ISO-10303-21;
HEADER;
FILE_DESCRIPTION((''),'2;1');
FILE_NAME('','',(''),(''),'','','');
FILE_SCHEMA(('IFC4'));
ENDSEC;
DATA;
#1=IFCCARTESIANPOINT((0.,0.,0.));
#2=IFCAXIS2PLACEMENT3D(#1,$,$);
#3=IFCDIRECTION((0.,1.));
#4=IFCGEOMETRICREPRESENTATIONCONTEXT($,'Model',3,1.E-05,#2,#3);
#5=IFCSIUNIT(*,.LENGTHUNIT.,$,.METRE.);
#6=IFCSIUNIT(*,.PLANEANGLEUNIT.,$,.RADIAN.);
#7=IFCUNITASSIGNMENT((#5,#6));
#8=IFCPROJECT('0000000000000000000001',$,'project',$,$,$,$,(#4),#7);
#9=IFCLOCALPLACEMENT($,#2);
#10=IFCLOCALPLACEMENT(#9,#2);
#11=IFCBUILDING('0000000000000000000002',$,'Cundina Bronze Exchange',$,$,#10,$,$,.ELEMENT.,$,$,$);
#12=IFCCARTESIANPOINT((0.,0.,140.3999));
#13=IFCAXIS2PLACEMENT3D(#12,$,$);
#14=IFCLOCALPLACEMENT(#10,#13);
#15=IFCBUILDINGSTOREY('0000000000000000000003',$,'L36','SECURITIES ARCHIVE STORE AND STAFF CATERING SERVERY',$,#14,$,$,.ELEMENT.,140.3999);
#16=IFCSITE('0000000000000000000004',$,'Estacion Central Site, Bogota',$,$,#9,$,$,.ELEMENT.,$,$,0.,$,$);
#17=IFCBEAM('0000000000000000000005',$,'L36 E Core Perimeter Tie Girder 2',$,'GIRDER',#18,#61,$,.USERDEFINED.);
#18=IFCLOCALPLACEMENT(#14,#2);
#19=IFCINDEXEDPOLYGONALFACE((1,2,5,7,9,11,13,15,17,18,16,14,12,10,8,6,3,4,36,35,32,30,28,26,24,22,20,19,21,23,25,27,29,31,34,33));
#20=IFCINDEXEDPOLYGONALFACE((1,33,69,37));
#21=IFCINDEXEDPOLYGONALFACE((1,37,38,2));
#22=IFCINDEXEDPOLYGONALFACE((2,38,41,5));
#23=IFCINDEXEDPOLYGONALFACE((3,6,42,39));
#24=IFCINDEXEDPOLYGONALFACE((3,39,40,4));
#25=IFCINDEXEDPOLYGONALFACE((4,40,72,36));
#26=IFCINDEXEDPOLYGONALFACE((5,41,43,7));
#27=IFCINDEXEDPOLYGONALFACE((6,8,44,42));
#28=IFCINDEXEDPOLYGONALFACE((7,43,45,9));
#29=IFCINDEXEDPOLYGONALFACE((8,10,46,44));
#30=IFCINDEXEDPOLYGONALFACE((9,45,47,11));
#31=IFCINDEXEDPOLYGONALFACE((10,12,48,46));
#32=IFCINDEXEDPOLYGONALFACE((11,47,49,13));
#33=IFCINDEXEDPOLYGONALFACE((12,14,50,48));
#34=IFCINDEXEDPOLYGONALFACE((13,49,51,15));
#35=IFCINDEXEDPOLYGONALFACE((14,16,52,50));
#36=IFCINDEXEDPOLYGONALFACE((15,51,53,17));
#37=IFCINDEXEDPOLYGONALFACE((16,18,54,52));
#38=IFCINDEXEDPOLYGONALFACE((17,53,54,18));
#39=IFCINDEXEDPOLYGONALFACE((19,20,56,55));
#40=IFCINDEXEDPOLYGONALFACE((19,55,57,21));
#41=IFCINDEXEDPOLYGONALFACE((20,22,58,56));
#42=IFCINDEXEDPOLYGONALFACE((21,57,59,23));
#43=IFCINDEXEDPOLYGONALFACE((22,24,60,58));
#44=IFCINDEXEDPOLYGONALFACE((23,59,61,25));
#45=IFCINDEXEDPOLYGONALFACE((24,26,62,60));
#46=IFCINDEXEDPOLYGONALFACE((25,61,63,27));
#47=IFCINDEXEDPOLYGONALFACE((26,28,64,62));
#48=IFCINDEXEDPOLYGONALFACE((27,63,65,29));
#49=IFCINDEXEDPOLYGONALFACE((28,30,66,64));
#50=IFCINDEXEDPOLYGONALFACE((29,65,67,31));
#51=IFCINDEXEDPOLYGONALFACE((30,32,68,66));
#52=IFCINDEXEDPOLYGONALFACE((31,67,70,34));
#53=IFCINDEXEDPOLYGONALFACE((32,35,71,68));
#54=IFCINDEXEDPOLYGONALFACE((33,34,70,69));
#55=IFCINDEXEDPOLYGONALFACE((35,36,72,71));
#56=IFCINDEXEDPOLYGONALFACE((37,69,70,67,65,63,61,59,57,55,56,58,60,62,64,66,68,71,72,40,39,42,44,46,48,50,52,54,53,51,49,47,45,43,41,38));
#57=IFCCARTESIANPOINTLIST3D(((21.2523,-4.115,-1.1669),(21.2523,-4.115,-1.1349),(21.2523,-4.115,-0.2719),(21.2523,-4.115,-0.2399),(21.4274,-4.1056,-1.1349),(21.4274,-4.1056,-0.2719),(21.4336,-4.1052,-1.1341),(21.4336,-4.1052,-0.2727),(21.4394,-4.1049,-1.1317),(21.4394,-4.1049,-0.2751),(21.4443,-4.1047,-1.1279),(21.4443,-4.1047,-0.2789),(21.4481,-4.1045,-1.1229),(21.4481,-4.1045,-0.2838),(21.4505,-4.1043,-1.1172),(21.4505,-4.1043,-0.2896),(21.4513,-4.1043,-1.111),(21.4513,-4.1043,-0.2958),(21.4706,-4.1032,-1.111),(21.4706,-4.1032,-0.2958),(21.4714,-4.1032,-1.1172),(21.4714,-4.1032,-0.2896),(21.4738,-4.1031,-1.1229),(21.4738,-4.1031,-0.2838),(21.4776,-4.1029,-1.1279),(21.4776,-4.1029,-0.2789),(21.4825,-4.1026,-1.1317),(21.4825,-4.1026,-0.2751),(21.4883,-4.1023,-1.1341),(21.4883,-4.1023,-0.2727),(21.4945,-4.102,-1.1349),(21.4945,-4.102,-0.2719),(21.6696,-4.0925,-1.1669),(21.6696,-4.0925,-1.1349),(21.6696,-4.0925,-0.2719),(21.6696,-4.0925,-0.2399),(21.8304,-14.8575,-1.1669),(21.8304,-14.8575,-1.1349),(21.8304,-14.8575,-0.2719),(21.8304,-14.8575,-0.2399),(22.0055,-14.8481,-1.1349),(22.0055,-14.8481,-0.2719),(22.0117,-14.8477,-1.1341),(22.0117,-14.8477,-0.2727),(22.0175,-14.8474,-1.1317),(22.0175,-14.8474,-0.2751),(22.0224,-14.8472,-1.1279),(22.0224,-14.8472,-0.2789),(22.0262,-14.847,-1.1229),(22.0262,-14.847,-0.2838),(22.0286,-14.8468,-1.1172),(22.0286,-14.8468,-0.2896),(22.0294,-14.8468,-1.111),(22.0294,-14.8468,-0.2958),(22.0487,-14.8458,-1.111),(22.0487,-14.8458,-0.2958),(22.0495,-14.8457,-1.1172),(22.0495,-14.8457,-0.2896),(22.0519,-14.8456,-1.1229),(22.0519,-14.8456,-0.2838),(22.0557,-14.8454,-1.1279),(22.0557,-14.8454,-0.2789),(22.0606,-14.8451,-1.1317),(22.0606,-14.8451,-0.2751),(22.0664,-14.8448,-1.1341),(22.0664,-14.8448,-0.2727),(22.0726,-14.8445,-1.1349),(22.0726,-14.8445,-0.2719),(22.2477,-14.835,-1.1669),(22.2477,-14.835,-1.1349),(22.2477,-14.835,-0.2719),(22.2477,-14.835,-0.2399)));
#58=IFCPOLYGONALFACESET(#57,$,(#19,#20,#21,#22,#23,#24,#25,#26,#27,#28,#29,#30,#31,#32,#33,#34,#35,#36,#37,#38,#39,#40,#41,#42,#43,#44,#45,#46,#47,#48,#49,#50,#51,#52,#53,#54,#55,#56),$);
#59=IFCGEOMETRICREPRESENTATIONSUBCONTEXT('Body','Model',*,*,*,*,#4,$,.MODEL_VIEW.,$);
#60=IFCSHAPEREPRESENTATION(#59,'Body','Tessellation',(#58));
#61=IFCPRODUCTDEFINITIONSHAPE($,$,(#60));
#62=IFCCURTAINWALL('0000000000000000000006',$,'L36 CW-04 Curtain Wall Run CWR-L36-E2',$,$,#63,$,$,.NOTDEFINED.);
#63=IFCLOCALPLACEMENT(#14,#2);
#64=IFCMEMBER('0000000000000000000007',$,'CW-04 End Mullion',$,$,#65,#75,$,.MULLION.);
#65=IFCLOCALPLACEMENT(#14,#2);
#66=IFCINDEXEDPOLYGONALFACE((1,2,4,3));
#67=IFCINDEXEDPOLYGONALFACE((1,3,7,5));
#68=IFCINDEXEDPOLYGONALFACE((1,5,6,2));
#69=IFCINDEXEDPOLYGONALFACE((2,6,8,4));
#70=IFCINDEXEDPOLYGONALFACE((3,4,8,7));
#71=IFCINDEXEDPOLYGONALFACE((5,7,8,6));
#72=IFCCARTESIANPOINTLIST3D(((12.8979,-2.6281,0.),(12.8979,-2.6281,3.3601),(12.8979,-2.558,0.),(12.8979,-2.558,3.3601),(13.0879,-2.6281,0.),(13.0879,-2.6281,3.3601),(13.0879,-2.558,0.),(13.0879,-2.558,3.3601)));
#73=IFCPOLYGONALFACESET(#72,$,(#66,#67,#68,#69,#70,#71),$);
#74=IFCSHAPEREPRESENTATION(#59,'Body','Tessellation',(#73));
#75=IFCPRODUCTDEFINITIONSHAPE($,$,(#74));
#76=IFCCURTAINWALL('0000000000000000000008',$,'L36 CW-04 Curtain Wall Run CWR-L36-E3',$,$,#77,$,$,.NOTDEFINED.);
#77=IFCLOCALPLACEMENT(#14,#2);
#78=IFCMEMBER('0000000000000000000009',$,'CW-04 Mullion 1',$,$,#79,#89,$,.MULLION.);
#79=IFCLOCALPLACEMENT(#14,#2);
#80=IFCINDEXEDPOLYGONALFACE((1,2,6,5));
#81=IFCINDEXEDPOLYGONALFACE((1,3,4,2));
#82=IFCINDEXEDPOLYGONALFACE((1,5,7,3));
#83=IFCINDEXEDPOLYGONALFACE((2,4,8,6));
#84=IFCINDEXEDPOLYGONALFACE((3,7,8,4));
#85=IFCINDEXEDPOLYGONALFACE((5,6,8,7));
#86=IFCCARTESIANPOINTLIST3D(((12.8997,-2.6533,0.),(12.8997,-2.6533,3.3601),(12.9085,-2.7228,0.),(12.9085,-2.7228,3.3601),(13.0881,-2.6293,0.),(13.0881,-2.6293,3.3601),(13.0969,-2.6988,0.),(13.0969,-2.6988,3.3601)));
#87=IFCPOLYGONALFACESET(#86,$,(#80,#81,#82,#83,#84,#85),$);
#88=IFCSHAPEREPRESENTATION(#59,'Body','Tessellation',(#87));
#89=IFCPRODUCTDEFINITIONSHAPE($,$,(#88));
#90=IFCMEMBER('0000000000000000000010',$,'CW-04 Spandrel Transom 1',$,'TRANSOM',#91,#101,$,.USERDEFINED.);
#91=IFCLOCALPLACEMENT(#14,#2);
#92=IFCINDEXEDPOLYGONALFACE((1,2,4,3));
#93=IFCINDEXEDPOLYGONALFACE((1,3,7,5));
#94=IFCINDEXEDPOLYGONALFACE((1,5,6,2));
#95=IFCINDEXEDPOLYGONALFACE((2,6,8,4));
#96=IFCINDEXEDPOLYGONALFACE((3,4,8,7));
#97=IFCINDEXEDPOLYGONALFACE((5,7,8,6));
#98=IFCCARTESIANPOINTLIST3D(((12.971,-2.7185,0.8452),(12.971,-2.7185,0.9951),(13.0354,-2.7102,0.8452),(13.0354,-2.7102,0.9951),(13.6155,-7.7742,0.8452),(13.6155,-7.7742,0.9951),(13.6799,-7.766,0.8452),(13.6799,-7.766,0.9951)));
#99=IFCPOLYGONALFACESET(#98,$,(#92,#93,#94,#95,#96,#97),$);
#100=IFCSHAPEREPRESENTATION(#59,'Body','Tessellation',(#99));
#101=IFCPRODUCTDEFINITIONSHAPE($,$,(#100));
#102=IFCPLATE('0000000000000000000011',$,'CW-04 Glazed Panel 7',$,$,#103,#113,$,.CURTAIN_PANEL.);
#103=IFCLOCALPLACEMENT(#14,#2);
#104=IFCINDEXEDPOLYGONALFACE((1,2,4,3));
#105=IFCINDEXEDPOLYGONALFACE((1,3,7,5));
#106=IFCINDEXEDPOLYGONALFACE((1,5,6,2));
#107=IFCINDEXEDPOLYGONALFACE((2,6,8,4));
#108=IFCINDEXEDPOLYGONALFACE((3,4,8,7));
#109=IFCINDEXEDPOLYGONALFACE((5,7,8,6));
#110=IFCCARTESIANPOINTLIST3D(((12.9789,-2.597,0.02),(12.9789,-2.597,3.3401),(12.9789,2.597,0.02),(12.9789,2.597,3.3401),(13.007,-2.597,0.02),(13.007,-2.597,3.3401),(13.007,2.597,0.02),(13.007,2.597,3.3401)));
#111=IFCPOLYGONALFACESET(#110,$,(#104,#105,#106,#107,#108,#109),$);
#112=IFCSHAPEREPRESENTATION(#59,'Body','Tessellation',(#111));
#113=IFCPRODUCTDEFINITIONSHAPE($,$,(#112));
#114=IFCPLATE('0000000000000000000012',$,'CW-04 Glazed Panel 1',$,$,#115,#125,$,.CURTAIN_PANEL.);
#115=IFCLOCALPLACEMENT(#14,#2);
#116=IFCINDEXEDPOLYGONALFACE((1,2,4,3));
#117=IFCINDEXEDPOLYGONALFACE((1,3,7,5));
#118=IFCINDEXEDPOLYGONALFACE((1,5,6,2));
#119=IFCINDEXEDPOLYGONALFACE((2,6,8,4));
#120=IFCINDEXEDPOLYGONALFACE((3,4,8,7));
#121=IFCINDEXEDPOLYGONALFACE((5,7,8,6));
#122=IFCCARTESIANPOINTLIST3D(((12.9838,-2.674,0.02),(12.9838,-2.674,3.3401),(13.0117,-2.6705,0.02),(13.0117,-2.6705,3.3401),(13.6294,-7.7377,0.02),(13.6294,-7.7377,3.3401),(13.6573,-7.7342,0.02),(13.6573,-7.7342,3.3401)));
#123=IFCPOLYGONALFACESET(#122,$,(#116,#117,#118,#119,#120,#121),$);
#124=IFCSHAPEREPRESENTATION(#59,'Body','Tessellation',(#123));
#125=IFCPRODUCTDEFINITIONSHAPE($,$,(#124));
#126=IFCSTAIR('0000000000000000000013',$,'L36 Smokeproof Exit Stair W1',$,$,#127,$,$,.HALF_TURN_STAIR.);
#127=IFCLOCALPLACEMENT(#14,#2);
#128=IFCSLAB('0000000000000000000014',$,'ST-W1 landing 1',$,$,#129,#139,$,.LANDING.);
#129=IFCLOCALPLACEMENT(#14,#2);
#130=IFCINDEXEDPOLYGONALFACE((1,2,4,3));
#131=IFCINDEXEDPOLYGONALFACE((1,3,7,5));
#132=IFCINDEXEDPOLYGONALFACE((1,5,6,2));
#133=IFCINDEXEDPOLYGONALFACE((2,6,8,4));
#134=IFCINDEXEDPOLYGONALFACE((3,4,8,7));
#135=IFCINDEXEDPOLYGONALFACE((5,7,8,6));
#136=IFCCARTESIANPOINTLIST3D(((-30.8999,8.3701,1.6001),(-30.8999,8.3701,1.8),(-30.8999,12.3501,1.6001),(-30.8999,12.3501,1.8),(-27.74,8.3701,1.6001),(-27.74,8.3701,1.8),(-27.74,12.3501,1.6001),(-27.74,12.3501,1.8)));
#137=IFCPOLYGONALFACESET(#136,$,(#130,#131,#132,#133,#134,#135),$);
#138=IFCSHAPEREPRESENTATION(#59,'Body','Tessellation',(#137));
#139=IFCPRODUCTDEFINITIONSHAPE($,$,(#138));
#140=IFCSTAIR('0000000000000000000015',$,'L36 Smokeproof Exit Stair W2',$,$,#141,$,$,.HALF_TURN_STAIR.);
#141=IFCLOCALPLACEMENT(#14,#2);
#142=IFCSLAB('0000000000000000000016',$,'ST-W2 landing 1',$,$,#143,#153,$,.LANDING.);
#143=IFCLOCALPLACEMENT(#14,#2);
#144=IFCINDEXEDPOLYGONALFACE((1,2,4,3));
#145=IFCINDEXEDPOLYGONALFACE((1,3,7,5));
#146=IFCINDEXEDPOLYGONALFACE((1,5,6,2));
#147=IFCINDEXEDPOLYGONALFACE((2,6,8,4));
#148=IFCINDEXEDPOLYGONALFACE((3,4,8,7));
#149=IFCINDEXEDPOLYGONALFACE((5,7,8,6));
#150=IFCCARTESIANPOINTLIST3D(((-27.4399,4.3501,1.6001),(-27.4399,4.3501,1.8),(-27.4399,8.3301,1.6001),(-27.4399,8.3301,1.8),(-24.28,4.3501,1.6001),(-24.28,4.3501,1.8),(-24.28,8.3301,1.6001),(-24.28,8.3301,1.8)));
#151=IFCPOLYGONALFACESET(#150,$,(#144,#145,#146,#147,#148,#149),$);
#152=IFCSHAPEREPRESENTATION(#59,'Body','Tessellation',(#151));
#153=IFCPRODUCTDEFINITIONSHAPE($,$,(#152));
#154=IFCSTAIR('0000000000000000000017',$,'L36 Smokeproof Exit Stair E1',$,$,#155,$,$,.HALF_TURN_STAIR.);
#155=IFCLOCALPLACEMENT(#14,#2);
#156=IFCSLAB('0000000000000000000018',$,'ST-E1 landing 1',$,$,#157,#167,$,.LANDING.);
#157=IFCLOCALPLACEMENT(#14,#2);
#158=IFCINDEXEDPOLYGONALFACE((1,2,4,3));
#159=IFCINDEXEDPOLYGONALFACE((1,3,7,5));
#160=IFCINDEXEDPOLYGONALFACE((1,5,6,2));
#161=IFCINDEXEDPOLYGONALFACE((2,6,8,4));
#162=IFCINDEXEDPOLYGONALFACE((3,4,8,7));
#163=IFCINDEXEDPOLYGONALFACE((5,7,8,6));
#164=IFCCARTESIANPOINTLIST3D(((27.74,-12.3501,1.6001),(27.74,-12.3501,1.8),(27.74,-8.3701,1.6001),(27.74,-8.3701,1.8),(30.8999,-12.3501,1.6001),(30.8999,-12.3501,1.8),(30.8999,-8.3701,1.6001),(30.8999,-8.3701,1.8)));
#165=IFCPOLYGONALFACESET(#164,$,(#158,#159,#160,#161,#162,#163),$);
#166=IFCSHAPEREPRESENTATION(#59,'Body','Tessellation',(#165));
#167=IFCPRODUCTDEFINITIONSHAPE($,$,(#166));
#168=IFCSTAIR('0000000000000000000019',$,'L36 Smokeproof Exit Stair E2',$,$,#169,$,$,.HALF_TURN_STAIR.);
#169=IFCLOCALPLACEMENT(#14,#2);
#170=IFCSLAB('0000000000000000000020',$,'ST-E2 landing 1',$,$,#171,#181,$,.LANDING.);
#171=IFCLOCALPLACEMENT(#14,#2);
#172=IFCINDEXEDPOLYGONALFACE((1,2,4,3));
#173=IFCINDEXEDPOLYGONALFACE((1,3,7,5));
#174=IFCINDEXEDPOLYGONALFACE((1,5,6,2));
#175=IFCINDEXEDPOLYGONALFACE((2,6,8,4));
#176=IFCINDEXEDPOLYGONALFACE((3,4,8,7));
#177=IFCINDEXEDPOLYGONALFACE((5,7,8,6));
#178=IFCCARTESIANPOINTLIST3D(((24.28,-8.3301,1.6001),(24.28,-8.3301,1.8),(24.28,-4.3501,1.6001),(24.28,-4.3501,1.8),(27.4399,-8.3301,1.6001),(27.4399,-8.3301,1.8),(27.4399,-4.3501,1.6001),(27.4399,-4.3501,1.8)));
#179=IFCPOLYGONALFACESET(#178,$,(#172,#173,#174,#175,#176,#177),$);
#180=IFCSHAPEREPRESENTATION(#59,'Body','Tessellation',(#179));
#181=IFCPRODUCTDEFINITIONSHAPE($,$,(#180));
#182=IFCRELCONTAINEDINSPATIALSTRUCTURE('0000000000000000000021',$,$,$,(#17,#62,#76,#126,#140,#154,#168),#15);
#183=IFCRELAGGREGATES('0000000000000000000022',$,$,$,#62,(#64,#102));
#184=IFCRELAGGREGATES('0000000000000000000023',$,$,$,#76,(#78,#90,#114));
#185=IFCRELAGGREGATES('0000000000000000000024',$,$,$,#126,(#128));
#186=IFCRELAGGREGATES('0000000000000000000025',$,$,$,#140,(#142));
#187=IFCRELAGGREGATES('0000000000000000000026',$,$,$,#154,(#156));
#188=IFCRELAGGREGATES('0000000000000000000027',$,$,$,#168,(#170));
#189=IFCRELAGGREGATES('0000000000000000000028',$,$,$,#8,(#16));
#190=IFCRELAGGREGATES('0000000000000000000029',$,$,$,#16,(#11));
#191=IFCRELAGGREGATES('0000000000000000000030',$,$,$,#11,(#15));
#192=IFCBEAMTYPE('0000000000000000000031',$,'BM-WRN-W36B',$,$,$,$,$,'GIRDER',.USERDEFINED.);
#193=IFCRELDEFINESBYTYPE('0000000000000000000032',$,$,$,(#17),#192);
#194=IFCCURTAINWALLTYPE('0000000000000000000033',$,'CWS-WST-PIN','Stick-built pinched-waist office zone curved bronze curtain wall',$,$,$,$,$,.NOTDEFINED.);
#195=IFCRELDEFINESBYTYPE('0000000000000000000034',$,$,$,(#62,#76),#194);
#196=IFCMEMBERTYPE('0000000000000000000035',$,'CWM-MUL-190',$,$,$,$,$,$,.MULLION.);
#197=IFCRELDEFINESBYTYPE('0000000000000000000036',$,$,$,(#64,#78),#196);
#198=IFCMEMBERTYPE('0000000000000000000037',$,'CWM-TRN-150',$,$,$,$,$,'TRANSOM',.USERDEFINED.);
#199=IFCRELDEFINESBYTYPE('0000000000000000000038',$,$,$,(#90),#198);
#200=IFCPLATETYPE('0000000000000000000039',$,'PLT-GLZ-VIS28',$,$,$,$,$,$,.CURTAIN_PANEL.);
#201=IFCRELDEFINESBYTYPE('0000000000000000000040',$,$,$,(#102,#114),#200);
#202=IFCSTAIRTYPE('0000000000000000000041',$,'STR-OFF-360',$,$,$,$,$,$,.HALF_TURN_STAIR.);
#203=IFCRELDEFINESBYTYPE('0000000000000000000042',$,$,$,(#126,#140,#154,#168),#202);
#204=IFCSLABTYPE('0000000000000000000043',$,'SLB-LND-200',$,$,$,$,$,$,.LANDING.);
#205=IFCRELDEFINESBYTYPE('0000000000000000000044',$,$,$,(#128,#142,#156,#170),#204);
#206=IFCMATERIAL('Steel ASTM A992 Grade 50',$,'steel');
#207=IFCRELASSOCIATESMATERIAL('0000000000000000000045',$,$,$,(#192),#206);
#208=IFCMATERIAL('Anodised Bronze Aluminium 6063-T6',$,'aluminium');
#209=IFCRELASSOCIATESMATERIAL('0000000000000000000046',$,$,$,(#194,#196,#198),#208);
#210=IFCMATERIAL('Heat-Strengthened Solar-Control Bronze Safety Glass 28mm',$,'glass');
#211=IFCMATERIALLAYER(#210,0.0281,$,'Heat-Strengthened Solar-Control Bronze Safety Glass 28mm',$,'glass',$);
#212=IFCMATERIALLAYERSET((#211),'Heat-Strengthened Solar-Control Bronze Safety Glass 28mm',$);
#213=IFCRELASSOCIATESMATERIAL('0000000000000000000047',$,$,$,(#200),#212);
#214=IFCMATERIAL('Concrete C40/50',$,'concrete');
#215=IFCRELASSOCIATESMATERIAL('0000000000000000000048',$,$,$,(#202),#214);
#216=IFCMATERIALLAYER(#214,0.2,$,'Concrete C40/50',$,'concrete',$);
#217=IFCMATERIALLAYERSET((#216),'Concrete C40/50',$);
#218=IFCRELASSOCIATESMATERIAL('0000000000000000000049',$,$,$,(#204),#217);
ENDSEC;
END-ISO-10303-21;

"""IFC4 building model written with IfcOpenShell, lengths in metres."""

from ifc_helpers import new_model, si_unit, direction, frame, origin, origin_2d, place, context, subcontext, project, spatial, polyline, rectangle, i_section, outline, extrude, material, layer, layer_set, material_profile, profile_set, type_object, element, aggregate, save


model = new_model("IFC4")

# Units and contexts
model_context = context("Model", 3, precision=1e-05, world=origin(), true_north=direction((0.0, 1.0)))
body_context = subcontext(model_context, "Body", "Model", "MODEL_VIEW")
ifc_project = project(units=[si_unit("LENGTHUNIT", "METRE"), si_unit("PLANEANGLEUNIT", "RADIAN")], contexts=[model_context])

# Site, building, storey
site_placement = place(None, origin())
site = spatial("IfcSite", under=ifc_project, at=site_placement, Name="Estacion Central Site, Bogota", CompositionType="ELEMENT", RefElevation=0.0)
building_placement = place(site_placement, origin())
building = spatial("IfcBuilding", under=site, at=building_placement, Name="Cundina Bronze Exchange", CompositionType="ELEMENT")
storey_placement = place(building_placement, frame((0.0, 0.0, 140.3999)))
storey = spatial("IfcBuildingStorey", under=building, at=storey_placement, Name="L36", Description="SECURITIES ARCHIVE STORE AND STAFF CATERING SERVERY", CompositionType="ELEMENT", Elevation=140.3999)

# Shared definitions
ifc_material_1 = material(Name="Steel ASTM A992 Grade 50", Category="steel")

# Beam
ifc_material_profile_1 = material_profile(ifc_material_1, i_section(OverallWidth=0.418, OverallDepth=0.927, WebThickness=0.0193, FlangeThickness=0.032, FilletRadius=0.0239, at=origin_2d()), Name="W36X231", Category="steel")
ifc_profile_set_1 = profile_set([ifc_material_profile_1], Name="Steel ASTM A992 Grade 50")
beam_type_1 = type_object("IfcBeamType", Name="BM-WRN-W36B", ElementType="GIRDER", PredefinedType="USERDEFINED", material=ifc_profile_set_1)
beam_1_placement = place(storey_placement, frame((21.4609, -4.1038, -0.7034), z_axis=(0.053739, -0.998555, 0.0), x_axis=(0.998555, 0.053739, 0.0)))
element("IfcBeam", 1, at=beam_1_placement, inside=storey, type_object=beam_type_1, Name="L36 E Core Perimeter Tie Girder 2", ObjectType="GIRDER", PredefinedType="USERDEFINED", context=body_context, shape_type="SweptSolid", body=[
    extrude(i_section(OverallWidth=0.418, OverallDepth=0.927, WebThickness=0.0193, FlangeThickness=0.032, FilletRadius=0.0239, at=origin_2d()), origin(), (0.0, 0.0, 1.0), 10.7581),
])

# Curtain wall, member
ifc_material_2 = material(Name="Anodised Bronze Aluminium 6063-T6", Category="aluminium")
curtain_wall_type = type_object("IfcCurtainWallType", Name="CWS-WST-PIN", Description="Stick-built pinched-waist office zone curved bronze curtain wall", PredefinedType="NOTDEFINED", material=ifc_material_2)
curtain_wall_1_placement = place(storey_placement, origin())
curtain_wall_1 = element("IfcCurtainWall", 2, at=curtain_wall_1_placement, inside=storey, type_object=curtain_wall_type, Name="L36 CW-04 Curtain Wall Run CWR-L36-E2", PredefinedType="NOTDEFINED")
ifc_material_profile_2 = material_profile(ifc_material_2, rectangle(XDim=0.0701, YDim=0.1899, at=origin_2d()), Name="AL70X190", Category="aluminium")
ifc_profile_set_2 = profile_set([ifc_material_profile_2], Name="Anodised Bronze Aluminium 6063-T6")
member_type_1 = type_object("IfcMemberType", Name="CWM-MUL-190", PredefinedType="MULLION", material=ifc_profile_set_2)
member_1_placement = place(storey_placement, frame((12.9929, -2.593, 0.0), z_axis=(0.0, 0.0, 1.0), x_axis=(0.0, -1.0, 0.0)))
member_1 = element("IfcMember", 3, at=member_1_placement, type_object=member_type_1, Name="CW-04 End Mullion", PredefinedType="MULLION", context=body_context, shape_type="SweptSolid", body=[
    extrude(rectangle(XDim=0.0701, YDim=0.1899, at=origin_2d()), origin(), (0.0, 0.0, 1.0), 3.3601),
])

# Curtain wall, members
curtain_wall_2_placement = place(storey_placement, origin())
curtain_wall_2 = element("IfcCurtainWall", 4, at=curtain_wall_2_placement, inside=storey, type_object=curtain_wall_type, Name="L36 CW-04 Curtain Wall Run CWR-L36-E3", PredefinedType="NOTDEFINED")
member_2_placement = place(storey_placement, frame((12.9983, -2.676, 0.0), z_axis=(0.0, 0.0, 1.0), x_axis=(0.126545, -0.991961, 0.0)))
member_2 = element("IfcMember", 5, at=member_2_placement, type_object=member_type_1, Name="CW-04 Mullion 1", PredefinedType="MULLION", context=body_context, shape_type="SweptSolid", body=[
    extrude(rectangle(XDim=0.0701, YDim=0.1899, at=origin_2d()), origin(), (0.0, 0.0, 1.0), 3.3601),
])
ifc_material_profile_3 = material_profile(ifc_material_2, rectangle(XDim=0.0649, YDim=0.1499, at=origin_2d()), Name="AL65X150", Category="aluminium")
ifc_profile_set_3 = profile_set([ifc_material_profile_3], Name="Anodised Bronze Aluminium 6063-T6")
member_type_2 = type_object("IfcMemberType", Name="CWM-TRN-150", ElementType="TRANSOM", PredefinedType="USERDEFINED", material=ifc_profile_set_3)
member_3_placement = place(storey_placement, frame((13.0032, -2.7144, 0.9202), z_axis=(0.126463, -0.991971, 0.0), x_axis=(0.991971, 0.126463, 0.0)))
member_3 = element("IfcMember", 6, at=member_3_placement, type_object=member_type_2, Name="CW-04 Spandrel Transom 1", ObjectType="TRANSOM", PredefinedType="USERDEFINED", context=body_context, shape_type="SweptSolid", body=[
    extrude(rectangle(XDim=0.0649, YDim=0.1499, at=origin_2d()), origin(), (0.0, 0.0, 1.0), 5.0967),
])

# Plates
ifc_material_3 = material(Name="Heat-Strengthened Solar-Control Bronze Safety Glass 28mm", Category="glass")
ifc_layer_1 = layer(ifc_material_3, 0.0281, Name="Heat-Strengthened Solar-Control Bronze Safety Glass 28mm", Category="glass")
ifc_layer_set_1 = layer_set([ifc_layer_1], Name="Heat-Strengthened Solar-Control Bronze Safety Glass 28mm")
plate_type = type_object("IfcPlateType", Name="PLT-GLZ-VIS28", PredefinedType="CURTAIN_PANEL", material=ifc_layer_set_1)
plate_1_placement = place(storey_placement, frame((12.9929, 0.0, 0.02), z_axis=(0.0, 0.0, 1.0), x_axis=(0.0, -1.0, 0.0)))
plate_1 = element("IfcPlate", 7, at=plate_1_placement, type_object=plate_type, Name="CW-04 Glazed Panel 7", PredefinedType="CURTAIN_PANEL", context=body_context, shape_type="SweptSolid", body=[
    extrude(rectangle(XDim=5.1941, YDim=0.0281, at=origin_2d()), origin(), (0.0, 0.0, 1.0), 3.3201),
])
aggregate(curtain_wall_1, [member_1, plate_1])
plate_2_placement = place(storey_placement, frame((13.3206, -5.2041, 0.02), z_axis=(0.0, 0.0, 1.0), x_axis=(0.126476, -0.99197, 0.0)))
plate_2 = element("IfcPlate", 8, at=plate_2_placement, type_object=plate_type, Name="CW-04 Glazed Panel 1", PredefinedType="CURTAIN_PANEL", context=body_context, shape_type="SweptSolid", body=[
    extrude(rectangle(XDim=5.1047, YDim=0.0281, at=origin_2d()), origin(), (0.0, 0.0, 1.0), 3.3201),
])
aggregate(curtain_wall_2, [member_2, member_3, plate_2])

# Stairs, slabs
ifc_material_4 = material(Name="Concrete C40/50", Category="concrete")
stair_type = type_object("IfcStairType", Name="STR-OFF-360", PredefinedType="HALF_TURN_STAIR", material=ifc_material_4)
stair_1_placement = place(storey_placement, origin())
stair_1 = element("IfcStair", 9, at=stair_1_placement, inside=storey, type_object=stair_type, Name="L36 Smokeproof Exit Stair W1", PredefinedType="HALF_TURN_STAIR")
ifc_layer_2 = layer(ifc_material_4, 0.2, Name="Concrete C40/50", Category="concrete")
ifc_layer_set_2 = layer_set([ifc_layer_2], Name="Concrete C40/50")
slab_type_1 = type_object("IfcSlabType", Name="SLB-LND-200", PredefinedType="LANDING", material=ifc_layer_set_2)
slab_1_placement = place(storey_placement, frame((0.0, 0.0, 1.6001)))
slab_1 = element("IfcSlab", 10, at=slab_1_placement, type_object=slab_type_1, Name="ST-W1 landing 1", PredefinedType="LANDING", context=body_context, shape_type="SweptSolid", body=[
    extrude(outline(polyline([(-27.74, 8.3701), (-27.74, 12.3501), (-30.8999, 12.3501), (-30.8999, 8.3701), (-27.74, 8.3701)])), origin(), (0.0, 0.0, 1.0), 0.2),
])
aggregate(stair_1, [slab_1])
stair_2_placement = place(storey_placement, origin())
stair_2 = element("IfcStair", 11, at=stair_2_placement, inside=storey, type_object=stair_type, Name="L36 Smokeproof Exit Stair W2", PredefinedType="HALF_TURN_STAIR")
slab_2_placement = place(storey_placement, frame((0.0, 0.0, 1.6001)))
slab_2 = element("IfcSlab", 12, at=slab_2_placement, type_object=slab_type_1, Name="ST-W2 landing 1", PredefinedType="LANDING", context=body_context, shape_type="SweptSolid", body=[
    extrude(outline(polyline([(-27.4399, 8.3301), (-27.4399, 4.3501), (-24.28, 4.3501), (-24.28, 8.3301), (-27.4399, 8.3301)])), origin(), (0.0, 0.0, 1.0), 0.2),
])
aggregate(stair_2, [slab_2])
stair_3_placement = place(storey_placement, origin())
stair_3 = element("IfcStair", 13, at=stair_3_placement, inside=storey, type_object=stair_type, Name="L36 Smokeproof Exit Stair E1", PredefinedType="HALF_TURN_STAIR")
slab_3_placement = place(storey_placement, frame((0.0, 0.0, 1.6001)))
slab_3 = element("IfcSlab", 14, at=slab_3_placement, type_object=slab_type_1, Name="ST-E1 landing 1", PredefinedType="LANDING", context=body_context, shape_type="SweptSolid", body=[
    extrude(outline(polyline([(27.74, -8.3701), (27.74, -12.3501), (30.8999, -12.3501), (30.8999, -8.3701), (27.74, -8.3701)])), origin(), (0.0, 0.0, 1.0), 0.2),
])
aggregate(stair_3, [slab_3])
stair_4_placement = place(storey_placement, origin())
stair_4 = element("IfcStair", 15, at=stair_4_placement, inside=storey, type_object=stair_type, Name="L36 Smokeproof Exit Stair E2", PredefinedType="HALF_TURN_STAIR")
slab_4_placement = place(storey_placement, frame((0.0, 0.0, 1.6001)))
slab_4 = element("IfcSlab", 16, at=slab_4_placement, type_object=slab_type_1, Name="ST-E2 landing 1", PredefinedType="LANDING", context=body_context, shape_type="SweptSolid", body=[
    extrude(outline(polyline([(27.4399, -8.3301), (27.4399, -4.3501), (24.28, -4.3501), (24.28, -8.3301), (27.4399, -8.3301)])), origin(), (0.0, 0.0, 1.0), 0.2),
])
aggregate(stair_4, [slab_4])

save(model, "model.ifc")
